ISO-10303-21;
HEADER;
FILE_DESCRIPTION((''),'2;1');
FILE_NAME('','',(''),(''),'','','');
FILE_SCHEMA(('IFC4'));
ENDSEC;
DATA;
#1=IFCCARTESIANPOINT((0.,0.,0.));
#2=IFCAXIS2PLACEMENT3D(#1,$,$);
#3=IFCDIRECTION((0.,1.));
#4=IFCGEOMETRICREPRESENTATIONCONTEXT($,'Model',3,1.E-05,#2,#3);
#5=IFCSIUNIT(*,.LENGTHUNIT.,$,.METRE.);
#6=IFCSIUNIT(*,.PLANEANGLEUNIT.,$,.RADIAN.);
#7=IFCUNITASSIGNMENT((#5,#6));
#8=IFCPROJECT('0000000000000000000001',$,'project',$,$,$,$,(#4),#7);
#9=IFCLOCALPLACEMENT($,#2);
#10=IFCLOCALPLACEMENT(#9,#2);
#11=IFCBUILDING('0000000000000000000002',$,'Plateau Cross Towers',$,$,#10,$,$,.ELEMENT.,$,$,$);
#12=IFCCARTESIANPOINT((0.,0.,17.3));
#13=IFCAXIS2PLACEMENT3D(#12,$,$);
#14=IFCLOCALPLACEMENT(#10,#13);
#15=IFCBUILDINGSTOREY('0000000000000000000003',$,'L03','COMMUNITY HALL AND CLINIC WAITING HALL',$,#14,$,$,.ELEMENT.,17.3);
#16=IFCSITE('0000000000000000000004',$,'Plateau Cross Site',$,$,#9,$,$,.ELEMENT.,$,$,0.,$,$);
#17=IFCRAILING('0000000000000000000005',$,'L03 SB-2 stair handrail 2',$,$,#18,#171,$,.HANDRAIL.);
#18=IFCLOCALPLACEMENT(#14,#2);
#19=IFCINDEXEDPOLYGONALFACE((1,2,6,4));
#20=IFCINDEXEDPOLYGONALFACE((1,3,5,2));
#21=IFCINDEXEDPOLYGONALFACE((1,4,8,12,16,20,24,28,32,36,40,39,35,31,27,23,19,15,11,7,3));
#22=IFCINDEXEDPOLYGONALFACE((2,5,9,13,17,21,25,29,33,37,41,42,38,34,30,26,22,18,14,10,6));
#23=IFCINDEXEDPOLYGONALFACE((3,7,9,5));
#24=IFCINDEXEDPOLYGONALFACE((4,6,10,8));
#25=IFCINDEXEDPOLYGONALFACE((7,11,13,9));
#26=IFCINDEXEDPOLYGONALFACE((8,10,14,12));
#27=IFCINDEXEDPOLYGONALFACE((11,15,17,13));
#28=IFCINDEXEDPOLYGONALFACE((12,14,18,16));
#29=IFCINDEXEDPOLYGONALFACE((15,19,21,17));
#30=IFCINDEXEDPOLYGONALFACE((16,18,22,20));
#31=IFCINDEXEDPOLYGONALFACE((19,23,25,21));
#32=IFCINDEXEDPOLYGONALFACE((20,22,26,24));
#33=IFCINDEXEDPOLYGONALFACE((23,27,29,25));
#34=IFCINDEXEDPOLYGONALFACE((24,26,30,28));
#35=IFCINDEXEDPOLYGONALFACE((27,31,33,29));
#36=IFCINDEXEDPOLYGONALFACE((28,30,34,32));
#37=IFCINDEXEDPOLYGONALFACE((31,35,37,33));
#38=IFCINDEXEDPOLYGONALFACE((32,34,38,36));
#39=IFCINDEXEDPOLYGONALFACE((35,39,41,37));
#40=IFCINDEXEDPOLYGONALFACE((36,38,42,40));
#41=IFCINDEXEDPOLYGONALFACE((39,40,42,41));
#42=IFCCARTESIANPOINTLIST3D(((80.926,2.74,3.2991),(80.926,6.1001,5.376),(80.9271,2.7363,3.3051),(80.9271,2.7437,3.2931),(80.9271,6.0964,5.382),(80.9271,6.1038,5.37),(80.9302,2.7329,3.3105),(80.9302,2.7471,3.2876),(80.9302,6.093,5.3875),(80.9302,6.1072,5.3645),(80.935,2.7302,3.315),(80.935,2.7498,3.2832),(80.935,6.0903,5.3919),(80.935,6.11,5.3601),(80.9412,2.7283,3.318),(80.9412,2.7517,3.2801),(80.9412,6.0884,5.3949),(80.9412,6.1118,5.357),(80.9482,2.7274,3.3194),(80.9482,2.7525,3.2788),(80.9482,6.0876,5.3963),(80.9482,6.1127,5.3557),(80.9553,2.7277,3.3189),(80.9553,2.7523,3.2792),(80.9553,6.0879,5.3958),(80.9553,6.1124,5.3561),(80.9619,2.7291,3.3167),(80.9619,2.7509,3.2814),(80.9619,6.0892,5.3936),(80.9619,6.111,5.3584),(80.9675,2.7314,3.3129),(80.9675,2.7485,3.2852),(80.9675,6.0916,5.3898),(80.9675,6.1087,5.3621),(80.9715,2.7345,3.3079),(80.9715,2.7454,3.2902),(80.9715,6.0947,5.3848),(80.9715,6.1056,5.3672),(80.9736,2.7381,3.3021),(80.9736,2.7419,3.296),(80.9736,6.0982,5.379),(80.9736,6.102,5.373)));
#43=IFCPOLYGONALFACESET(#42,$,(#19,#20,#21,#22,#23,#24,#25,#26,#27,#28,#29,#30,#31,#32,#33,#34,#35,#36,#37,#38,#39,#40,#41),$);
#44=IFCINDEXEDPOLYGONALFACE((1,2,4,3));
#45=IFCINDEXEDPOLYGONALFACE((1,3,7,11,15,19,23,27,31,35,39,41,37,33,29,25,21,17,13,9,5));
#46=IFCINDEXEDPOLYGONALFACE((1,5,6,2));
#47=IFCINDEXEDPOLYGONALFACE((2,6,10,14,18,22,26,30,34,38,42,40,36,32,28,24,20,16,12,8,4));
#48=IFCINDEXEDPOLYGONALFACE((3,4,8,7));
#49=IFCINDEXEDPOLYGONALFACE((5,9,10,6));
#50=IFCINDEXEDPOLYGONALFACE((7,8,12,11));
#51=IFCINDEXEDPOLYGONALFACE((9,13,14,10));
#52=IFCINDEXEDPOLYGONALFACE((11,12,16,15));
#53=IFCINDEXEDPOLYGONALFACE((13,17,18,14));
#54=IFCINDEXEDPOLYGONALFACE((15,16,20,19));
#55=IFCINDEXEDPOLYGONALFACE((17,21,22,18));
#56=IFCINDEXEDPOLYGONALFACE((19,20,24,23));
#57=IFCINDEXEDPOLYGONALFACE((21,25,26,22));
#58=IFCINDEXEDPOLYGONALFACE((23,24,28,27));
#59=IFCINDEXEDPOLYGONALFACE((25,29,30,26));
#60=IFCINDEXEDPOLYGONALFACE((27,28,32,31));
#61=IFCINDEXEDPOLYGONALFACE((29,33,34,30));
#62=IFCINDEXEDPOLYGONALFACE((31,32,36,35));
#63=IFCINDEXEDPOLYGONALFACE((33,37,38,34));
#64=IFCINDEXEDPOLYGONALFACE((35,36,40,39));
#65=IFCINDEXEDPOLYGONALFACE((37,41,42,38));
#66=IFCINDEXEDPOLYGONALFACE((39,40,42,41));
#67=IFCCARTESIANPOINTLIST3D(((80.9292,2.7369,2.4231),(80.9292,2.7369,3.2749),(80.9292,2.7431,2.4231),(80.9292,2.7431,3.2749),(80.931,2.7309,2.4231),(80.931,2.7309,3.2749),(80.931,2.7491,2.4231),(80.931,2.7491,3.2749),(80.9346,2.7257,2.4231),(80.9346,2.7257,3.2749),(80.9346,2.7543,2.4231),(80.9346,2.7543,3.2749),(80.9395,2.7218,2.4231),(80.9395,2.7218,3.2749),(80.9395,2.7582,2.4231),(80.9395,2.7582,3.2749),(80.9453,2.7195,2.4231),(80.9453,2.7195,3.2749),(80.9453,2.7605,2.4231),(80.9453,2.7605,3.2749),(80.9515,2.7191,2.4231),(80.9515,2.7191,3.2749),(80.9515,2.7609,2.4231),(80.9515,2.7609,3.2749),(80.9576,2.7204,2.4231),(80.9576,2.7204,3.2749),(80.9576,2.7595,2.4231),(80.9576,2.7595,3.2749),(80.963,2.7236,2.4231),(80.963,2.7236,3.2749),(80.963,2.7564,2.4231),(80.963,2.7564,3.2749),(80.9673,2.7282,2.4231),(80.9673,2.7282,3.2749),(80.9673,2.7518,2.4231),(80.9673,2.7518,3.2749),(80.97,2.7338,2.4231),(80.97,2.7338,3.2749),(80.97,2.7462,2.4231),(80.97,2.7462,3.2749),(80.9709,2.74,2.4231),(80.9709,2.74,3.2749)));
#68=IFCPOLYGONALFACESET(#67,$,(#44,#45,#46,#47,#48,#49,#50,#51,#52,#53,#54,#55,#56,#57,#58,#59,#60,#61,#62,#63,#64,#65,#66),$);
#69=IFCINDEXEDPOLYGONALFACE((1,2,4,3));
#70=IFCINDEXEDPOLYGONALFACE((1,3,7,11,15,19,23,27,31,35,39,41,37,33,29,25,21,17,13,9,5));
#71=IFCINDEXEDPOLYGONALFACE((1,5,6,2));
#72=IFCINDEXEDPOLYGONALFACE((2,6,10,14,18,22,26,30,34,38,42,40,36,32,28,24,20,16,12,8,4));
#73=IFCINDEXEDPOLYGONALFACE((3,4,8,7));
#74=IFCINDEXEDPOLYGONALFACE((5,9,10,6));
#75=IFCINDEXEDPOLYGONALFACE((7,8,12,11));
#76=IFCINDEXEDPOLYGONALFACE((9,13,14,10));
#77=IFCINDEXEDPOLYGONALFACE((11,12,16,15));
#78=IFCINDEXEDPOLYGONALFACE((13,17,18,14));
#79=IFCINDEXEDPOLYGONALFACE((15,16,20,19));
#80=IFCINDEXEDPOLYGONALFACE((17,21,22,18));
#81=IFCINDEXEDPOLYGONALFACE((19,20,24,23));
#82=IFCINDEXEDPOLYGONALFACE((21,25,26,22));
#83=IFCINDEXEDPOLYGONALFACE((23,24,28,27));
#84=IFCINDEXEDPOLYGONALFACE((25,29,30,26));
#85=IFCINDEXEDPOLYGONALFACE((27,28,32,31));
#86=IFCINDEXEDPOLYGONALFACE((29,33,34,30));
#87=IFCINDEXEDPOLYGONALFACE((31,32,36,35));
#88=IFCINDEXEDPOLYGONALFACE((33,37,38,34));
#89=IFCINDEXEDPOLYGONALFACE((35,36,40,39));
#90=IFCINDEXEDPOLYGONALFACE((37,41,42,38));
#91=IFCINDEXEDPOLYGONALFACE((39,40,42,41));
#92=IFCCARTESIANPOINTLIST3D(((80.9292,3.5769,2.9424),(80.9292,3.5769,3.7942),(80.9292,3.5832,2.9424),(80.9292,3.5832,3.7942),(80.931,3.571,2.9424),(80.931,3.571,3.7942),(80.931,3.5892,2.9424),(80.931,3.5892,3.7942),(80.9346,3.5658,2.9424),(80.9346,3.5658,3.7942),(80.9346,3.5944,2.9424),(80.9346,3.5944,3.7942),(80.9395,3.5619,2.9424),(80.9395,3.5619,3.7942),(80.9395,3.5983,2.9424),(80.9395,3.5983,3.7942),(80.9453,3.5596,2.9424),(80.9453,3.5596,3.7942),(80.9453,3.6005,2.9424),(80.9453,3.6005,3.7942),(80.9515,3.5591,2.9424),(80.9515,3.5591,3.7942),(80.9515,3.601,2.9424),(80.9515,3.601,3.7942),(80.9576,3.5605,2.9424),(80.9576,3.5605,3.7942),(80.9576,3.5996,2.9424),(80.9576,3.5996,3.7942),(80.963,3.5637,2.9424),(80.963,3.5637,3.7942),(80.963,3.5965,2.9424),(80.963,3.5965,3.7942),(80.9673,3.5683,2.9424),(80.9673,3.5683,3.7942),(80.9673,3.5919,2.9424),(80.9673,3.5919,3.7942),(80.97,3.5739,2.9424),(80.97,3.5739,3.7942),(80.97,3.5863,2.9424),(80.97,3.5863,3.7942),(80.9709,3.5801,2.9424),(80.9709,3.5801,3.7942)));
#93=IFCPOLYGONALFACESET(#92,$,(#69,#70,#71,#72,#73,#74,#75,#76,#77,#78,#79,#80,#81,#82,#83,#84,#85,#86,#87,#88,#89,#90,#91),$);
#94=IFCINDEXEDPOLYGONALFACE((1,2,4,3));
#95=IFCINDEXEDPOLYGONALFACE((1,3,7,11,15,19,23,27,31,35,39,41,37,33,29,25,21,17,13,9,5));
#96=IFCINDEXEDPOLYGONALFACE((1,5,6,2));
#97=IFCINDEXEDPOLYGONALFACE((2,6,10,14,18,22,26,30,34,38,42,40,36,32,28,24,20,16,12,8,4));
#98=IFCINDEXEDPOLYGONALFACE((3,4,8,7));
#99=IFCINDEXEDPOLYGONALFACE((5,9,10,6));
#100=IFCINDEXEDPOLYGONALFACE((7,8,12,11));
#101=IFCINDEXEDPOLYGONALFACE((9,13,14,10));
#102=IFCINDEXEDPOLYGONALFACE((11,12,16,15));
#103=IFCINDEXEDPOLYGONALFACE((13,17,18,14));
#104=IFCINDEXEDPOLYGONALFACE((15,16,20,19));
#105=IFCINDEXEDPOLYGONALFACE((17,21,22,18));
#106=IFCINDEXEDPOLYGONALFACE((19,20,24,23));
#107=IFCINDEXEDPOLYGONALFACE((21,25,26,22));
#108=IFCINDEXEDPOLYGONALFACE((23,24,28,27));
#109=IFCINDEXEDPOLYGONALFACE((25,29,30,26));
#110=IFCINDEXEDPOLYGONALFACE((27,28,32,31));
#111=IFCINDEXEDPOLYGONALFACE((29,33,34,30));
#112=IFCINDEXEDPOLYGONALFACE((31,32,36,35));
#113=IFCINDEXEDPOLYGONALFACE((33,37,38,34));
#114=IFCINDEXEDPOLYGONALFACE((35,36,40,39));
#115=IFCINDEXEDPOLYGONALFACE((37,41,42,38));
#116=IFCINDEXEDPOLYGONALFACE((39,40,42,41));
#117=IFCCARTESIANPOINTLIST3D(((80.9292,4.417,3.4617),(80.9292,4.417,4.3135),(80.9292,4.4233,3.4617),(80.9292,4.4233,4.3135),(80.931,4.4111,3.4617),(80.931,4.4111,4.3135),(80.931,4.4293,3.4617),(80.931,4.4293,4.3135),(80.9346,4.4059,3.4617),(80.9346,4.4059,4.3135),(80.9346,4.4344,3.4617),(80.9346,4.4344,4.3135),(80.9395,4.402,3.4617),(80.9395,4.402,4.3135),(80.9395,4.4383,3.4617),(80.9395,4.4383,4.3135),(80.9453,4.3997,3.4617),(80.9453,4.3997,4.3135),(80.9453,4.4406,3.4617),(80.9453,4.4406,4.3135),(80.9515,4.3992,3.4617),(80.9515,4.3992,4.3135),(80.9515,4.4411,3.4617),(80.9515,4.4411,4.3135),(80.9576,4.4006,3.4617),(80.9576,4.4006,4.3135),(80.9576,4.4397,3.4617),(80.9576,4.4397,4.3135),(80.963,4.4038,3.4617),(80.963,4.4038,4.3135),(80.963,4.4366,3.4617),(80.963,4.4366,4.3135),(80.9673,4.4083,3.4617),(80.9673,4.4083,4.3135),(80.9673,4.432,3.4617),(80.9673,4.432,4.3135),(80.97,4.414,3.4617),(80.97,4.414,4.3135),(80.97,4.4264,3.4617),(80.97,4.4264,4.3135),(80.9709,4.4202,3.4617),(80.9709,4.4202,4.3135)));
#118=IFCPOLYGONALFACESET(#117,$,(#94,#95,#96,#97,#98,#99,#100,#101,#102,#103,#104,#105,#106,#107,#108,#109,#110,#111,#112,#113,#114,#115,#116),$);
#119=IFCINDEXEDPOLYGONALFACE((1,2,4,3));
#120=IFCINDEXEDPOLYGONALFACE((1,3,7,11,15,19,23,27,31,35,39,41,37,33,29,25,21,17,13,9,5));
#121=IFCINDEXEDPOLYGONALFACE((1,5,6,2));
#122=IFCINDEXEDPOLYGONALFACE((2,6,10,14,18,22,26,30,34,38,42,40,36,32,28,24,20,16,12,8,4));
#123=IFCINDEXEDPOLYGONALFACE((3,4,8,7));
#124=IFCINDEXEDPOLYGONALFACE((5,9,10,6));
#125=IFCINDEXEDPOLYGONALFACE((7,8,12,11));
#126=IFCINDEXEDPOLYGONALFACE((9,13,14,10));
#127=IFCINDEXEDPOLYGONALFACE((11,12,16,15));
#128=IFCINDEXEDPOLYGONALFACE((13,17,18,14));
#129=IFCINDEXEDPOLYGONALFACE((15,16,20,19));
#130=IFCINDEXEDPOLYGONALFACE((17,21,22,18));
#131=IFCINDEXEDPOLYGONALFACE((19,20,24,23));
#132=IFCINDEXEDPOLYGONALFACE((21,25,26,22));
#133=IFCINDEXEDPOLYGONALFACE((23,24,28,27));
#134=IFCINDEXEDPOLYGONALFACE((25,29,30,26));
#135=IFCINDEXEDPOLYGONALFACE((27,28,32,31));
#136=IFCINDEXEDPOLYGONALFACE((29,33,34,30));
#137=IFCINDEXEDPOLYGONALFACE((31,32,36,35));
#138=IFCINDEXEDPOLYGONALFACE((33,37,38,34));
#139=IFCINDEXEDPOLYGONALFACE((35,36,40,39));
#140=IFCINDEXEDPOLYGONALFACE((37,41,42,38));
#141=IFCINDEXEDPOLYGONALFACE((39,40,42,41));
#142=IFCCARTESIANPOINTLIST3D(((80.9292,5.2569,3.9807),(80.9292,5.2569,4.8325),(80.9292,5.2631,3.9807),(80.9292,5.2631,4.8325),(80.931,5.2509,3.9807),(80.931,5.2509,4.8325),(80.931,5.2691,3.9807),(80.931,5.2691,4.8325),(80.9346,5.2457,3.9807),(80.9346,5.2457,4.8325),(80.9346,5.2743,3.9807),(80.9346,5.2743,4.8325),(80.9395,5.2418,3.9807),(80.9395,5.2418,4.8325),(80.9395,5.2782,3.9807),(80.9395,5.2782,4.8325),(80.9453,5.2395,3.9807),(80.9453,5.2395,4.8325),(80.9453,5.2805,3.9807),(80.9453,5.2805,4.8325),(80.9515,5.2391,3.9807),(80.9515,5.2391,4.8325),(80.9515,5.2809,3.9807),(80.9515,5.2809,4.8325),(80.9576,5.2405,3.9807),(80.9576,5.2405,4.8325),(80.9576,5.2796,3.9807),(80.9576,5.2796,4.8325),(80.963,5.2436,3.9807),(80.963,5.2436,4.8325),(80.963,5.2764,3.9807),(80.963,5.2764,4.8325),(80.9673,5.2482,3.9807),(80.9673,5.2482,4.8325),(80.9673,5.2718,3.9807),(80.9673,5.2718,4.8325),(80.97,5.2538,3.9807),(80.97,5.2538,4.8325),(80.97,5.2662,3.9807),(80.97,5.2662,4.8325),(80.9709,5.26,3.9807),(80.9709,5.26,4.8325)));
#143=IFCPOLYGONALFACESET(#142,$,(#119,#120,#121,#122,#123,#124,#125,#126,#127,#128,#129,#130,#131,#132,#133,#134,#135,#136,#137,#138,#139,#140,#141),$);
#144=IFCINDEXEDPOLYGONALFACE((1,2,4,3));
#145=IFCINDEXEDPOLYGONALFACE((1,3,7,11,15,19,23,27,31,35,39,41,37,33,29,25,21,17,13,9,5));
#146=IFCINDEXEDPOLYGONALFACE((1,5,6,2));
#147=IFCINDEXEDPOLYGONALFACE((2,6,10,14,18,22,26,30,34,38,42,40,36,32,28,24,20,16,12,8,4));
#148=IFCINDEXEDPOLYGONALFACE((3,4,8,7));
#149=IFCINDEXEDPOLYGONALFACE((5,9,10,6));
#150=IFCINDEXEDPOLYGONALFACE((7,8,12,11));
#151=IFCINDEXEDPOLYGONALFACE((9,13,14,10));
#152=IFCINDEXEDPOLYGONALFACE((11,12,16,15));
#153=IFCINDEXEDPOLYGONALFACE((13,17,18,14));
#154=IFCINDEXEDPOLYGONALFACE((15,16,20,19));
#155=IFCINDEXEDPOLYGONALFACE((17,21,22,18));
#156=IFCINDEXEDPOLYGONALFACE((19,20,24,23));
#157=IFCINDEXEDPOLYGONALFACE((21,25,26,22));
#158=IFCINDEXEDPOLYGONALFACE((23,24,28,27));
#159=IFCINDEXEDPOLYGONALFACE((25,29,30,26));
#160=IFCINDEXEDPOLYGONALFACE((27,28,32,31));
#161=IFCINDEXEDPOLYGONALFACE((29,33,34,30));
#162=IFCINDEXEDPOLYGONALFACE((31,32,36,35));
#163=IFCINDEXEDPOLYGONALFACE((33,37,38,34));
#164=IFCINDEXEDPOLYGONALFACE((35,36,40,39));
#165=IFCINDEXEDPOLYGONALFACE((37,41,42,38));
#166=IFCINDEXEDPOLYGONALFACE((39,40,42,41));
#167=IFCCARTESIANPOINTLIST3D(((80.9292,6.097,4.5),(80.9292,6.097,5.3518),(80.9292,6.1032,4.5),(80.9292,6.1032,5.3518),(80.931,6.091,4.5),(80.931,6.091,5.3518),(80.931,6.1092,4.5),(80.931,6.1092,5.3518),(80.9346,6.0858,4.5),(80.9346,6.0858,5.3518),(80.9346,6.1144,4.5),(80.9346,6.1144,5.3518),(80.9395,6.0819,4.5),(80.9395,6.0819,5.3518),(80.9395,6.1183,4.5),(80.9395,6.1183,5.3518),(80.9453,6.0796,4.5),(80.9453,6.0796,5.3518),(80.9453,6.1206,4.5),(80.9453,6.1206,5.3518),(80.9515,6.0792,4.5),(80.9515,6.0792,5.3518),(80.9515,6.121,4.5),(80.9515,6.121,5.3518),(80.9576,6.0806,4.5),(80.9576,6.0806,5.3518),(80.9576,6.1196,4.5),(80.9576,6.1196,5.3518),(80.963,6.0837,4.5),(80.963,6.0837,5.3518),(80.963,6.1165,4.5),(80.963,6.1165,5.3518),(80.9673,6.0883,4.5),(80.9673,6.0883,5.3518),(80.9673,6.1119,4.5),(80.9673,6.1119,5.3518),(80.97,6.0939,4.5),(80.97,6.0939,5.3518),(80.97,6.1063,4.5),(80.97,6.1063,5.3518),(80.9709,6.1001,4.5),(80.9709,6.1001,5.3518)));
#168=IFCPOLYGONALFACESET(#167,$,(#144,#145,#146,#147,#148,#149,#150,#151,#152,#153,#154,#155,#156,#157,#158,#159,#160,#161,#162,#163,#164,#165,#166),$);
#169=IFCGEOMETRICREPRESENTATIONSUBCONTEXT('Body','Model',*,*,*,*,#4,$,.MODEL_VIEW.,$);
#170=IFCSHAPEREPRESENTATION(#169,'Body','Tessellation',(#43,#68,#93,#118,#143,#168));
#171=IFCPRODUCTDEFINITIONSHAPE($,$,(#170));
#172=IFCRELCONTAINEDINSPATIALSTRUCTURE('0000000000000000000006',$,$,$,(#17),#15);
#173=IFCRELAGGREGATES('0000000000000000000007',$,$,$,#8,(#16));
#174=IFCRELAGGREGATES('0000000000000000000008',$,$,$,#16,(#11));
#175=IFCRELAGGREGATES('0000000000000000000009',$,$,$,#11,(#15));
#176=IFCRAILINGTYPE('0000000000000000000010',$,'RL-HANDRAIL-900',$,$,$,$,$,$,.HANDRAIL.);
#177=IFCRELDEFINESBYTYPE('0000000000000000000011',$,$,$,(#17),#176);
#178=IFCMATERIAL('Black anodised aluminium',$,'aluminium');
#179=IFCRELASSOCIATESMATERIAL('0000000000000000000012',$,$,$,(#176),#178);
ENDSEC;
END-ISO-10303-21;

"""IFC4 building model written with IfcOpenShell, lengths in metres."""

from ifc_helpers import new_model, si_unit, direction, frame, origin, origin_2d, place, context, subcontext, project, spatial, circle, extrude, material, type_object, element, save


model = new_model("IFC4")

# Units and contexts
model_context = context("Model", 3, precision=1e-05, world=origin(), true_north=direction((0.0, 1.0)))
body_context = subcontext(model_context, "Body", "Model", "MODEL_VIEW")
ifc_project = project(units=[si_unit("LENGTHUNIT", "METRE"), si_unit("PLANEANGLEUNIT", "RADIAN")], contexts=[model_context])

# Site, building, storey
site_placement = place(None, origin())
site = spatial("IfcSite", under=ifc_project, at=site_placement, Name="Plateau Cross Site", CompositionType="ELEMENT", RefElevation=0.0)
building_placement = place(site_placement, origin())
building = spatial("IfcBuilding", under=site, at=building_placement, Name="Plateau Cross Towers", CompositionType="ELEMENT")
storey_placement = place(building_placement, frame((0.0, 0.0, 17.3)))
storey = spatial("IfcBuildingStorey", under=building, at=storey_placement, Name="L03", Description="COMMUNITY HALL AND CLINIC WAITING HALL", CompositionType="ELEMENT", Elevation=17.3)

# Railing
ifc_material_1 = material(Name="Black anodised aluminium", Category="aluminium")
railing_type_1 = type_object("IfcRailingType", Name="RL-HANDRAIL-900", PredefinedType="HANDRAIL", material=ifc_material_1)
railing_1_placement = place(storey_placement, frame((80.95, 2.74, 2.4231)))
element("IfcRailing", 1, at=railing_1_placement, inside=storey, type_object=railing_type_1, Name="L03 SB-2 stair handrail 2", PredefinedType="HANDRAIL", context=body_context, shape_type="SweptSolid", body=[
    extrude(circle(Radius=0.0239, at=origin_2d()), frame((0.0, 0.0, 0.876), z_axis=(0.0, 0.850623, 0.525776), x_axis=(-1.0, 0.0, 0.0)), (0.0, 0.0, 1.0), 3.9502),
    extrude(circle(Radius=0.021, at=origin_2d()), origin(), (0.0, 0.0, 1.0), 0.8518),
    extrude(circle(Radius=0.021, at=origin_2d()), frame((0.0, 0.8401, 0.5193)), (0.0, 0.0, 1.0), 0.8518),
    extrude(circle(Radius=0.021, at=origin_2d()), frame((0.0, 1.6802, 1.0386)), (0.0, 0.0, 1.0), 0.8518),
    extrude(circle(Radius=0.021, at=origin_2d()), frame((0.0, 2.52, 1.5576)), (0.0, 0.0, 1.0), 0.8518),
    extrude(circle(Radius=0.021, at=origin_2d()), frame((0.0, 3.3601, 2.0769)), (0.0, 0.0, 1.0), 0.8518),
])

save(model, "model.ifc")
